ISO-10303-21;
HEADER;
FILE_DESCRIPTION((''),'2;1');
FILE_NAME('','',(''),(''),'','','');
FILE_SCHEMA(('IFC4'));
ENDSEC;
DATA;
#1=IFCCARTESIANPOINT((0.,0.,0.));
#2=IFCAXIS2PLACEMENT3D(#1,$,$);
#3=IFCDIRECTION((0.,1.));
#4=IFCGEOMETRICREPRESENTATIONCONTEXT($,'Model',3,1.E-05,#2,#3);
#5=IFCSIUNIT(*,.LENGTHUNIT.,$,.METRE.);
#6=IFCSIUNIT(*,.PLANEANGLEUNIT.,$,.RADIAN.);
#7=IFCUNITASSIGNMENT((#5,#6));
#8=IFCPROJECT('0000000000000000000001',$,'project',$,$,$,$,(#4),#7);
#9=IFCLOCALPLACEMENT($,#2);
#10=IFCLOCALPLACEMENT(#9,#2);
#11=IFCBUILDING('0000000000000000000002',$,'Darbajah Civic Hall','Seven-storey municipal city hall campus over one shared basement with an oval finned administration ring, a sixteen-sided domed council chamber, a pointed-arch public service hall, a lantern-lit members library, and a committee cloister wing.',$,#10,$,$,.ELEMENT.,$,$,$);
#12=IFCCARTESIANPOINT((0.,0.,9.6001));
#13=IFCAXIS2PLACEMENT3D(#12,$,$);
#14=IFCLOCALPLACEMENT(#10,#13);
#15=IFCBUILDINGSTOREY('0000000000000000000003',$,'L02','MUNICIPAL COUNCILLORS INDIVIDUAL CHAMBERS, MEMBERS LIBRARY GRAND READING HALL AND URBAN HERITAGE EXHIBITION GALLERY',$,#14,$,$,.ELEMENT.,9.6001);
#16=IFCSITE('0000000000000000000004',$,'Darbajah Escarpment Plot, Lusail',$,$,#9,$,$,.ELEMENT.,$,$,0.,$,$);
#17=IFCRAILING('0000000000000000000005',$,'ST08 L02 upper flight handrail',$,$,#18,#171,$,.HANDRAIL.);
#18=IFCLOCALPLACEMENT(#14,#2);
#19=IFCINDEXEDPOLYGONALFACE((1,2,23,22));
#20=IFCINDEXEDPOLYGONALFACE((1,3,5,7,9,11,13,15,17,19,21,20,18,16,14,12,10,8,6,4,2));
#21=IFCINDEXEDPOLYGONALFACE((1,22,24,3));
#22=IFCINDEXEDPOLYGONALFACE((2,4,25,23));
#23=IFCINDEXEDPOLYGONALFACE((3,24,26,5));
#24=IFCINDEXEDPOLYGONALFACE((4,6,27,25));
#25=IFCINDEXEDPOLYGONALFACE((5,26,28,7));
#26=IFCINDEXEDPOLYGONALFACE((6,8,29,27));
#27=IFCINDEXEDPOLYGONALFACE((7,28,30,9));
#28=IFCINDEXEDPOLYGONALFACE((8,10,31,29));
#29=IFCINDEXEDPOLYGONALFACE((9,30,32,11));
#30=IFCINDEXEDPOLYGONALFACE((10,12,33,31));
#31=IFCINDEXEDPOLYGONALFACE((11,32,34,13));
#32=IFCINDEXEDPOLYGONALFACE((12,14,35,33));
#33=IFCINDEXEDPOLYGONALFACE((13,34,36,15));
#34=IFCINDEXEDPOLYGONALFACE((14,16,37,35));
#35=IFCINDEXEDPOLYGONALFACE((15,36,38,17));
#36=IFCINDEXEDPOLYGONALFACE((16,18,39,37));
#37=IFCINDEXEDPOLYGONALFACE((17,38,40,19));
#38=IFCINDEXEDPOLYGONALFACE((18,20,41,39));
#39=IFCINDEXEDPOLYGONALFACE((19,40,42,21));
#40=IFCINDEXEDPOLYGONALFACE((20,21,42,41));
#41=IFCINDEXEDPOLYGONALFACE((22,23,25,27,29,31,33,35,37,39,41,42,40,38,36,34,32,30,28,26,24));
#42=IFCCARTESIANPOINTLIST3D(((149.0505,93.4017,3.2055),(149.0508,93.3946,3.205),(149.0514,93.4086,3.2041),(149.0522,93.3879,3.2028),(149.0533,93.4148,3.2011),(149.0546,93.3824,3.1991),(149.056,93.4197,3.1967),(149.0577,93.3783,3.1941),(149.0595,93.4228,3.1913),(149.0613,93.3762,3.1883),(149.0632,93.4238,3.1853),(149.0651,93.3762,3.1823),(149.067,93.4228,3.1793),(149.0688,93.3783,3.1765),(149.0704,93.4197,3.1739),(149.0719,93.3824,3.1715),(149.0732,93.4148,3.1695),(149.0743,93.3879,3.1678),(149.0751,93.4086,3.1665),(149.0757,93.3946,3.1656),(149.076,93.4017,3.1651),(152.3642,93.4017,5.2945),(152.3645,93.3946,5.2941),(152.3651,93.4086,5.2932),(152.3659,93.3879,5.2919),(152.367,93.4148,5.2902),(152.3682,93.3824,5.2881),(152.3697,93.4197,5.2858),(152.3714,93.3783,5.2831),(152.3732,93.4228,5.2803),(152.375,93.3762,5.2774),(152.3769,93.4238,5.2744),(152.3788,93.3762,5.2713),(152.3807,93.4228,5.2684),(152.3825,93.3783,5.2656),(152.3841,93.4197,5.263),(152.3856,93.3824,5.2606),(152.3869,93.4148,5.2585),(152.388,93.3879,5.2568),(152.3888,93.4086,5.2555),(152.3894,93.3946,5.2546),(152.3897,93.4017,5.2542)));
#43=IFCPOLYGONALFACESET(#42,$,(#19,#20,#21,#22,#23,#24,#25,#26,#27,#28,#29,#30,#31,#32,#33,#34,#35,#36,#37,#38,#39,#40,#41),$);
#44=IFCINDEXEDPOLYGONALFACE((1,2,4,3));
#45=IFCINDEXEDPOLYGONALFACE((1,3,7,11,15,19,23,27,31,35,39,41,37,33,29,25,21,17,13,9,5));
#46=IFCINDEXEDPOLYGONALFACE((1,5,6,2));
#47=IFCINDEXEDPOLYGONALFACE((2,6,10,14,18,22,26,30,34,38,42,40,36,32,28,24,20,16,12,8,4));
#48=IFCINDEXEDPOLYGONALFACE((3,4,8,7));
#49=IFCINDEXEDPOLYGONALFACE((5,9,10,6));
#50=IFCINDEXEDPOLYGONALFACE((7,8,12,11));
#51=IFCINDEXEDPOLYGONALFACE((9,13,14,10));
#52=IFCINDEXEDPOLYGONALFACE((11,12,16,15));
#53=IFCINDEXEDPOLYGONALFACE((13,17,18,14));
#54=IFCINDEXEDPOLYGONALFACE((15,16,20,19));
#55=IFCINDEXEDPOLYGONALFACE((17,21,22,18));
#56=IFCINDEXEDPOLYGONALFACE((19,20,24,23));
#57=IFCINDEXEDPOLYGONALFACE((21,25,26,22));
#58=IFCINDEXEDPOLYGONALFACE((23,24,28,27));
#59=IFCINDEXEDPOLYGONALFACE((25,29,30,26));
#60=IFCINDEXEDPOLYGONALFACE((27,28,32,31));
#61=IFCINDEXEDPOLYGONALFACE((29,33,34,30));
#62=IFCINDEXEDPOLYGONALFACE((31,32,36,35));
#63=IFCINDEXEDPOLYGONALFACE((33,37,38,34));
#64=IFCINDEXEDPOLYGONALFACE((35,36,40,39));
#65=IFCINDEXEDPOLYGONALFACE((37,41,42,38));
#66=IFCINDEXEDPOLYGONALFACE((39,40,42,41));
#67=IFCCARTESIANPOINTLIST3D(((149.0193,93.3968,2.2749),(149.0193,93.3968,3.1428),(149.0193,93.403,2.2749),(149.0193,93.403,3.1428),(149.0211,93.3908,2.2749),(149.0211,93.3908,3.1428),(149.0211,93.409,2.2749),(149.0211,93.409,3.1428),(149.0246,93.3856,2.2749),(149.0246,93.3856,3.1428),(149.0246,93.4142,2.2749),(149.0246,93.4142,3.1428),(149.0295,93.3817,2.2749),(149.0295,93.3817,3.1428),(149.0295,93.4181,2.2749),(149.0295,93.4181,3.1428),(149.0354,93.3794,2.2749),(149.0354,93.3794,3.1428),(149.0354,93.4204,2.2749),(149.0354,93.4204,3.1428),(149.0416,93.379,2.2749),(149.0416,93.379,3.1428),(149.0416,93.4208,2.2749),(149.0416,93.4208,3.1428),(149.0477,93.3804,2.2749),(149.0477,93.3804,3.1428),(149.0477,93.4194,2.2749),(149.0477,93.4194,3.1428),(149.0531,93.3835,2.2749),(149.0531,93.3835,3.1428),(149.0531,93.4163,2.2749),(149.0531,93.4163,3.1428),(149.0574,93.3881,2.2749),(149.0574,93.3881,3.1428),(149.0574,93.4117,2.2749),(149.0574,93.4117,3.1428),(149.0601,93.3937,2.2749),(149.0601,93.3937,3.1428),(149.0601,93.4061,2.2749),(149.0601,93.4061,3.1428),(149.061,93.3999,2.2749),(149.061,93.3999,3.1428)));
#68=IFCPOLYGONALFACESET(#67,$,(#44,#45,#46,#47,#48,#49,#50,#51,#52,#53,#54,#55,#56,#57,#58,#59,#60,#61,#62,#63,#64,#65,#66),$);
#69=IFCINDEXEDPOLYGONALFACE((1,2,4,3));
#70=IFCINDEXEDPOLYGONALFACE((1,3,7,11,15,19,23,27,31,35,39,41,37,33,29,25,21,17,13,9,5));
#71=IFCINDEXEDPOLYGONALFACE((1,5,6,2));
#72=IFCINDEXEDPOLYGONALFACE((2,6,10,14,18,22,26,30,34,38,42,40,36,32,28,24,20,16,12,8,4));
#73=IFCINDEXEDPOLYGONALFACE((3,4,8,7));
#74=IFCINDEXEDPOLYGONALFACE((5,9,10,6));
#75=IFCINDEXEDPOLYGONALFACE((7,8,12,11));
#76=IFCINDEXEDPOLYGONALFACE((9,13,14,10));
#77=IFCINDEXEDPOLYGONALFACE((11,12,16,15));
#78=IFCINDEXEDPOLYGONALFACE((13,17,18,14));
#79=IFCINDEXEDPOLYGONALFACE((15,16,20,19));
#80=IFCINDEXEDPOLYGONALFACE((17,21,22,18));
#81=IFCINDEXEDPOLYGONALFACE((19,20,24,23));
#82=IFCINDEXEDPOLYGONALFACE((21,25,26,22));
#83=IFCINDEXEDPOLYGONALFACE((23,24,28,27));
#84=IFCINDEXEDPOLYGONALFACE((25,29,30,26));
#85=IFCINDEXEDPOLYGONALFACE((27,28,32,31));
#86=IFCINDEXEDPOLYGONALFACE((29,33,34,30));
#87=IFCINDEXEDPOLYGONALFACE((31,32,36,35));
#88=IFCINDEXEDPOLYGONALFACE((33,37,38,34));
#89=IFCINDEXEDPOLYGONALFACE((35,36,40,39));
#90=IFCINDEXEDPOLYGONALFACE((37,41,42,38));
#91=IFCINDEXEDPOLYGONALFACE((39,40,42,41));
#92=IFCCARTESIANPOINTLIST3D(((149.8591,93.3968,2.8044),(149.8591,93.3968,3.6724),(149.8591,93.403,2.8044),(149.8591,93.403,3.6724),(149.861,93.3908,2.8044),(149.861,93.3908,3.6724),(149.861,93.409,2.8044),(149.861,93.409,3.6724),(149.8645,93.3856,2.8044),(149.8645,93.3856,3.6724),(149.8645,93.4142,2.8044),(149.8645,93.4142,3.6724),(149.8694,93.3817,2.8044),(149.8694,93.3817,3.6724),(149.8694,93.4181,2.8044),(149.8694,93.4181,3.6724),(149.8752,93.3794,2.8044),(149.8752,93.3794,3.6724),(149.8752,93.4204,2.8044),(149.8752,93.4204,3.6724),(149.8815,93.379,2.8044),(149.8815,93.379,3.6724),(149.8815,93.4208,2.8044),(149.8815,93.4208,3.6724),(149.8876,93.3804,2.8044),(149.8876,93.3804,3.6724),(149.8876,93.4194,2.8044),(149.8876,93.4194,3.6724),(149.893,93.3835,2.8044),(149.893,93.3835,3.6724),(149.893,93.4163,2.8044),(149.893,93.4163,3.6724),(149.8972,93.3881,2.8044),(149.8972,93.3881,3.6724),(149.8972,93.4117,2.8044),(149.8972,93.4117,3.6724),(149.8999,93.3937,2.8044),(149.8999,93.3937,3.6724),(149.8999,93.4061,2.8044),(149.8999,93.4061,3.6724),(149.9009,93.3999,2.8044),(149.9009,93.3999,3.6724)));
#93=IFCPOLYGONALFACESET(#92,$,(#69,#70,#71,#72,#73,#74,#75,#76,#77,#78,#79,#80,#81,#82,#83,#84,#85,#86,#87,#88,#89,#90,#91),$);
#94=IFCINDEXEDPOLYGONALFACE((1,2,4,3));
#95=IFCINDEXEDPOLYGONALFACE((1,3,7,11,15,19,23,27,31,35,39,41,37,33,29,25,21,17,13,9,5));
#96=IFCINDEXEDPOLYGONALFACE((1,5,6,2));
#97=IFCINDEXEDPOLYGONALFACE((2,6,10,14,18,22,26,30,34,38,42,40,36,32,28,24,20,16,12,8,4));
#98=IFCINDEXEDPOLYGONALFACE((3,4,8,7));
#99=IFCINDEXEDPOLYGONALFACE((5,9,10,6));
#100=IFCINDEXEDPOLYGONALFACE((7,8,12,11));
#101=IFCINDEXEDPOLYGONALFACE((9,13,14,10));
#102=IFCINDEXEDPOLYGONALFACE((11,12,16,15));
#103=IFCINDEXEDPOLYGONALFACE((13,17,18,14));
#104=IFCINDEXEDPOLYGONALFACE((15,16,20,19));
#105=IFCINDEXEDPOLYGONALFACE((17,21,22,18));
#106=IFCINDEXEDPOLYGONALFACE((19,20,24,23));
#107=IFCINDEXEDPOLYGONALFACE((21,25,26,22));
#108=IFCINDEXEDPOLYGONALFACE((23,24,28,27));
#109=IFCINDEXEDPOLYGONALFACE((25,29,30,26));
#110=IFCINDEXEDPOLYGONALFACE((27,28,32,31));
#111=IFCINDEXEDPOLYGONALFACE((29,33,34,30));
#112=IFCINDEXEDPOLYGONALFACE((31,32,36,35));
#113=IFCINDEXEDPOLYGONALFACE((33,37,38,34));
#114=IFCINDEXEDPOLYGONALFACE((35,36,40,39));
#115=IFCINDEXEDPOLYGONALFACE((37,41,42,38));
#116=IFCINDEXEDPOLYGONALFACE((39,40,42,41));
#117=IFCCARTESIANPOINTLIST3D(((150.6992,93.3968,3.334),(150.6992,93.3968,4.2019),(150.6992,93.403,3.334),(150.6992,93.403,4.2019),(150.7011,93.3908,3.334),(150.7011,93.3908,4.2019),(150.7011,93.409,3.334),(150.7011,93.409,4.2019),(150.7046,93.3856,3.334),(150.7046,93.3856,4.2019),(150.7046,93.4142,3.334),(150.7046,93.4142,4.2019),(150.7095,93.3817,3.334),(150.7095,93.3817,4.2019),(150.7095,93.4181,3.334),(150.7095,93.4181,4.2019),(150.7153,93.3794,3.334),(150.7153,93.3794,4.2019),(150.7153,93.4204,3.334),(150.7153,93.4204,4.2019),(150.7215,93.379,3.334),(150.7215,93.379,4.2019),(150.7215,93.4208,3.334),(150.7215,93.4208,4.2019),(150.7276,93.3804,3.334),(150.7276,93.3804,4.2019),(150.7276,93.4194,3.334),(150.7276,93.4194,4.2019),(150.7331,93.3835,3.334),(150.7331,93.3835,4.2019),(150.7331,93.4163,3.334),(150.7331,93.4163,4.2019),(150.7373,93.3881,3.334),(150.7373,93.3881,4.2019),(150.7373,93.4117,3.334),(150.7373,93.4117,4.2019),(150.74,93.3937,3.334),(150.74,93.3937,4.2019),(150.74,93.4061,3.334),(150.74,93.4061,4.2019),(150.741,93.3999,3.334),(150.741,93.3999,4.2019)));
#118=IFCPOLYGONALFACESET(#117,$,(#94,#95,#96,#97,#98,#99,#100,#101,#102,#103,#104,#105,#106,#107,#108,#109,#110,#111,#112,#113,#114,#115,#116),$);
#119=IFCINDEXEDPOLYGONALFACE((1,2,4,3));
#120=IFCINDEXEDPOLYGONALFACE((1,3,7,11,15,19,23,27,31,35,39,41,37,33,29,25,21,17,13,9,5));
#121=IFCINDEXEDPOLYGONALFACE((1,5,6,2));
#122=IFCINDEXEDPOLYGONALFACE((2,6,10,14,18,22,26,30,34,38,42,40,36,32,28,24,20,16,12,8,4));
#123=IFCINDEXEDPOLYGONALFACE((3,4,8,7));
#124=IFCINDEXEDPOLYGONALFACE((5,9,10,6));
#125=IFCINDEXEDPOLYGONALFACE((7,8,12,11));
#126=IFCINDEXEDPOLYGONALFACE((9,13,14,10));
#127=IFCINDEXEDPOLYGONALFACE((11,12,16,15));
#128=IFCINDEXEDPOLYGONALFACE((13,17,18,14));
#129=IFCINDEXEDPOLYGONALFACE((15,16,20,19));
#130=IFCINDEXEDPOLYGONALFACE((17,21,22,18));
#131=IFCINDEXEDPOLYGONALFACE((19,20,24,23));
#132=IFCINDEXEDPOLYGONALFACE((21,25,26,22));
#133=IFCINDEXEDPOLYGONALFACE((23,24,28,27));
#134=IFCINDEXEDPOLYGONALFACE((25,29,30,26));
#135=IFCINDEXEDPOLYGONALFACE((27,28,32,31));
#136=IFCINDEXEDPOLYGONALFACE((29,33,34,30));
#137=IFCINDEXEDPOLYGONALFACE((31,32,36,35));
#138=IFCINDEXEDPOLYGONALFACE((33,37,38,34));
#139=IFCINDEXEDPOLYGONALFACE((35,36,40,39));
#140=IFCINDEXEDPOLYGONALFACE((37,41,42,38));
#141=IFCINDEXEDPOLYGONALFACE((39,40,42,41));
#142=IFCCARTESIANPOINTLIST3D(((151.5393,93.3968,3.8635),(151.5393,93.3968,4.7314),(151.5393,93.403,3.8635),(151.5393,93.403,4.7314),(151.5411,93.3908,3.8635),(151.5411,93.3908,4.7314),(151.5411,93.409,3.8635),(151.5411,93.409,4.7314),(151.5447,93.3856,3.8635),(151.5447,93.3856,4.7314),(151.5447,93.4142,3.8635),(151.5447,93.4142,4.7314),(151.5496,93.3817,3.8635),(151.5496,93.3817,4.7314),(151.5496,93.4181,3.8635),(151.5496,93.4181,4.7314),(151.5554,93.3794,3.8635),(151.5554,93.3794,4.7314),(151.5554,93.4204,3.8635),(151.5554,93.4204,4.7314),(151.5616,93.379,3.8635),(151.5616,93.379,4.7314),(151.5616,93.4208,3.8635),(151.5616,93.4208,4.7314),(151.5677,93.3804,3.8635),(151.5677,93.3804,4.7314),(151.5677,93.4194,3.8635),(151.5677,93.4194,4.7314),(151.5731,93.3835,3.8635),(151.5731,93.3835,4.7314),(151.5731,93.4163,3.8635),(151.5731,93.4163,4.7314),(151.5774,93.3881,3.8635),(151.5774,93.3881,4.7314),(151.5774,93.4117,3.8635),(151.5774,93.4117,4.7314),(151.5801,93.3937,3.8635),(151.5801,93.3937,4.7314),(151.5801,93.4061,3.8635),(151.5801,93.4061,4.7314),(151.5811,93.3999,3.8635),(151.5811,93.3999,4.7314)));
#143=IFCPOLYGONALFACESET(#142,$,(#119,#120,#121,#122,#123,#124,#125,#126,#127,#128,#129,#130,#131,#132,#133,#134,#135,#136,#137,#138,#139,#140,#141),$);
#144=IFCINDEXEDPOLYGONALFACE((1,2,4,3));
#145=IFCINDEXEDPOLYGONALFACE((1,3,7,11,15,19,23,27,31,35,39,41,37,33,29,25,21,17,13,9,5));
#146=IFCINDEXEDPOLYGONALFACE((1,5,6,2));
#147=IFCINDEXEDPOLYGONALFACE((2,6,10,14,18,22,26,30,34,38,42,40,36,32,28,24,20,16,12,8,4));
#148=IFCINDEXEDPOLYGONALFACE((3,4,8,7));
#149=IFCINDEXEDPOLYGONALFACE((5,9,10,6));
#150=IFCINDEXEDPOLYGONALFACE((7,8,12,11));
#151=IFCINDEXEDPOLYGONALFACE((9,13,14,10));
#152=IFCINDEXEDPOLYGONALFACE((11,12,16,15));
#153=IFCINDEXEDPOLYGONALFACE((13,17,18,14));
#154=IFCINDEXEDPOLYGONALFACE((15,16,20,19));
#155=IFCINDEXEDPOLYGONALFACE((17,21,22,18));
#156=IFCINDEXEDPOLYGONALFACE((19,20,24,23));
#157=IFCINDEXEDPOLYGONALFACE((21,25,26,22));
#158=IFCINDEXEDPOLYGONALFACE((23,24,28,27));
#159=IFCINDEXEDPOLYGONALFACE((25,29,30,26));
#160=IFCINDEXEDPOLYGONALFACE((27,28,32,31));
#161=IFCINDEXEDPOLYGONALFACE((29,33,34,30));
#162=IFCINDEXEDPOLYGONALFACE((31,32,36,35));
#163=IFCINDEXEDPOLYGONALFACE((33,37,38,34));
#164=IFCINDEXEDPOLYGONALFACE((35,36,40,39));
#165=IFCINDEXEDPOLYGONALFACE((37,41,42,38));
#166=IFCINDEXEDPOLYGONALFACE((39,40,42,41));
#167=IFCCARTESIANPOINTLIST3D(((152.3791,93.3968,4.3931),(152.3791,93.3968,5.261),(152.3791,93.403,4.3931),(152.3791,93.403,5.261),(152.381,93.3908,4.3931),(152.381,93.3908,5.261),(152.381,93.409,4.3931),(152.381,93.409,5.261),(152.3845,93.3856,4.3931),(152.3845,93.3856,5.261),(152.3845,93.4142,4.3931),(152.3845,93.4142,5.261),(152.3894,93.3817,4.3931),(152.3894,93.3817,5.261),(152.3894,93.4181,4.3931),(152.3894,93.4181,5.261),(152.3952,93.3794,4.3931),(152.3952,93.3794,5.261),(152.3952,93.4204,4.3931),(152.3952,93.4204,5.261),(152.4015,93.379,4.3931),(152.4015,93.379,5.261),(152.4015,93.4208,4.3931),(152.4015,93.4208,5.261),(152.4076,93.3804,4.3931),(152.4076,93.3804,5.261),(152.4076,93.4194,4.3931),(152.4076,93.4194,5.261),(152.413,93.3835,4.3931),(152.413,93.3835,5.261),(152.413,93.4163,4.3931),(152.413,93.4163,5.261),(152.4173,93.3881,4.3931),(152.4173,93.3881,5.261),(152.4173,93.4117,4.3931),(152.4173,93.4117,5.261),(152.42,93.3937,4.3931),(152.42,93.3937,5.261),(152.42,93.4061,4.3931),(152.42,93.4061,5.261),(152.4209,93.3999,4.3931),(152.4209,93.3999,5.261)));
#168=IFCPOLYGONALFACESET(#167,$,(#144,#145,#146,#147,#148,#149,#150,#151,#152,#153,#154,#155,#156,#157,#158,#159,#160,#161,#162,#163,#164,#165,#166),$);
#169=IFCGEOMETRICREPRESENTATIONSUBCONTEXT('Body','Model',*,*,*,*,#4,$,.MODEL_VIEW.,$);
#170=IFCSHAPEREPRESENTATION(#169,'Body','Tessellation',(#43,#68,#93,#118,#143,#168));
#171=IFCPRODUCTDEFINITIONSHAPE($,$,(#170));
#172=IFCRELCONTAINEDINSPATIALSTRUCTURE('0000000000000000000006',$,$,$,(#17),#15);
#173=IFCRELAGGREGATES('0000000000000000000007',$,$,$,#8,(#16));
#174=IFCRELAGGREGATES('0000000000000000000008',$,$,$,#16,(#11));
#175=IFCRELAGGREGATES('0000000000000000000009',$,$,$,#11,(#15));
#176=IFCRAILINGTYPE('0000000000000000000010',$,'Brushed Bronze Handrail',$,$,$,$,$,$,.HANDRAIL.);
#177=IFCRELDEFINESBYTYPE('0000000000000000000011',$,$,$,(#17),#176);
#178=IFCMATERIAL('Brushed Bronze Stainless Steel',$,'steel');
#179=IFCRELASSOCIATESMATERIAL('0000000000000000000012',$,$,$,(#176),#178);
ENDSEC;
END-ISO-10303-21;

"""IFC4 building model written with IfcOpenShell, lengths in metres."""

from ifc_helpers import new_model, si_unit, direction, frame, origin, origin_2d, place, context, subcontext, project, spatial, circle, extrude, material, type_object, element, save


model = new_model("IFC4")

# Units and contexts
model_context = context("Model", 3, precision=1e-05, world=origin(), true_north=direction((0.0, 1.0)))
body_context = subcontext(model_context, "Body", "Model", "MODEL_VIEW")
ifc_project = project(units=[si_unit("LENGTHUNIT", "METRE"), si_unit("PLANEANGLEUNIT", "RADIAN")], contexts=[model_context])

# Site, building, storey
site_placement = place(None, origin())
site = spatial("IfcSite", under=ifc_project, at=site_placement, Name="Darbajah Escarpment Plot, Lusail", CompositionType="ELEMENT", RefElevation=0.0)
building_placement = place(site_placement, origin())
building = spatial("IfcBuilding", under=site, at=building_placement, Name="Darbajah Civic Hall", Description="Seven-storey municipal city hall campus over one shared basement with an oval finned administration ring, a sixteen-sided domed council chamber, a pointed-arch public service hall, a lantern-lit members library, and a committee cloister wing.", CompositionType="ELEMENT")
storey_placement = place(building_placement, frame((0.0, 0.0, 9.6001)))
storey = spatial("IfcBuildingStorey", under=building, at=storey_placement, Name="L02", Description="MUNICIPAL COUNCILLORS INDIVIDUAL CHAMBERS, MEMBERS LIBRARY GRAND READING HALL AND URBAN HERITAGE EXHIBITION GALLERY", CompositionType="ELEMENT", Elevation=9.6001)

# Railing
ifc_material_1 = material(Name="Brushed Bronze Stainless Steel", Category="steel")
railing_type_1 = type_object("IfcRailingType", Name="Brushed Bronze Handrail", PredefinedType="HANDRAIL", material=ifc_material_1)
railing_1_placement = place(storey_placement, frame((149.04, 93.3999, 2.2749)))
element("IfcRailing", 1, at=railing_1_placement, inside=storey, type_object=railing_type_1, Name="ST08 L02 upper flight handrail", PredefinedType="HANDRAIL", context=body_context, shape_type="SweptSolid", body=[
    extrude(circle(Radius=0.0239, at=origin_2d()), frame((0.0232, 0.0, 0.9104), z_axis=(0.845927, 0.0, 0.533299), x_axis=(0.0, 1.0, 0.0)), (0.0, 0.0, 1.0), 3.9172),
    extrude(circle(Radius=0.021, at=origin_2d()), origin(), (0.0, 0.0, 1.0), 0.8679),
    extrude(circle(Radius=0.021, at=origin_2d()), frame((0.8398, 0.0, 0.5295)), (0.0, 0.0, 1.0), 0.8679),
    extrude(circle(Radius=0.021, at=origin_2d()), frame((1.6799, 0.0, 1.0591)), (0.0, 0.0, 1.0), 0.8679),
    extrude(circle(Radius=0.021, at=origin_2d()), frame((2.52, 0.0, 1.5886)), (0.0, 0.0, 1.0), 0.8679),
    extrude(circle(Radius=0.021, at=origin_2d()), frame((3.3599, 0.0, 2.1182)), (0.0, 0.0, 1.0), 0.8679),
])

save(model, "model.ifc")
